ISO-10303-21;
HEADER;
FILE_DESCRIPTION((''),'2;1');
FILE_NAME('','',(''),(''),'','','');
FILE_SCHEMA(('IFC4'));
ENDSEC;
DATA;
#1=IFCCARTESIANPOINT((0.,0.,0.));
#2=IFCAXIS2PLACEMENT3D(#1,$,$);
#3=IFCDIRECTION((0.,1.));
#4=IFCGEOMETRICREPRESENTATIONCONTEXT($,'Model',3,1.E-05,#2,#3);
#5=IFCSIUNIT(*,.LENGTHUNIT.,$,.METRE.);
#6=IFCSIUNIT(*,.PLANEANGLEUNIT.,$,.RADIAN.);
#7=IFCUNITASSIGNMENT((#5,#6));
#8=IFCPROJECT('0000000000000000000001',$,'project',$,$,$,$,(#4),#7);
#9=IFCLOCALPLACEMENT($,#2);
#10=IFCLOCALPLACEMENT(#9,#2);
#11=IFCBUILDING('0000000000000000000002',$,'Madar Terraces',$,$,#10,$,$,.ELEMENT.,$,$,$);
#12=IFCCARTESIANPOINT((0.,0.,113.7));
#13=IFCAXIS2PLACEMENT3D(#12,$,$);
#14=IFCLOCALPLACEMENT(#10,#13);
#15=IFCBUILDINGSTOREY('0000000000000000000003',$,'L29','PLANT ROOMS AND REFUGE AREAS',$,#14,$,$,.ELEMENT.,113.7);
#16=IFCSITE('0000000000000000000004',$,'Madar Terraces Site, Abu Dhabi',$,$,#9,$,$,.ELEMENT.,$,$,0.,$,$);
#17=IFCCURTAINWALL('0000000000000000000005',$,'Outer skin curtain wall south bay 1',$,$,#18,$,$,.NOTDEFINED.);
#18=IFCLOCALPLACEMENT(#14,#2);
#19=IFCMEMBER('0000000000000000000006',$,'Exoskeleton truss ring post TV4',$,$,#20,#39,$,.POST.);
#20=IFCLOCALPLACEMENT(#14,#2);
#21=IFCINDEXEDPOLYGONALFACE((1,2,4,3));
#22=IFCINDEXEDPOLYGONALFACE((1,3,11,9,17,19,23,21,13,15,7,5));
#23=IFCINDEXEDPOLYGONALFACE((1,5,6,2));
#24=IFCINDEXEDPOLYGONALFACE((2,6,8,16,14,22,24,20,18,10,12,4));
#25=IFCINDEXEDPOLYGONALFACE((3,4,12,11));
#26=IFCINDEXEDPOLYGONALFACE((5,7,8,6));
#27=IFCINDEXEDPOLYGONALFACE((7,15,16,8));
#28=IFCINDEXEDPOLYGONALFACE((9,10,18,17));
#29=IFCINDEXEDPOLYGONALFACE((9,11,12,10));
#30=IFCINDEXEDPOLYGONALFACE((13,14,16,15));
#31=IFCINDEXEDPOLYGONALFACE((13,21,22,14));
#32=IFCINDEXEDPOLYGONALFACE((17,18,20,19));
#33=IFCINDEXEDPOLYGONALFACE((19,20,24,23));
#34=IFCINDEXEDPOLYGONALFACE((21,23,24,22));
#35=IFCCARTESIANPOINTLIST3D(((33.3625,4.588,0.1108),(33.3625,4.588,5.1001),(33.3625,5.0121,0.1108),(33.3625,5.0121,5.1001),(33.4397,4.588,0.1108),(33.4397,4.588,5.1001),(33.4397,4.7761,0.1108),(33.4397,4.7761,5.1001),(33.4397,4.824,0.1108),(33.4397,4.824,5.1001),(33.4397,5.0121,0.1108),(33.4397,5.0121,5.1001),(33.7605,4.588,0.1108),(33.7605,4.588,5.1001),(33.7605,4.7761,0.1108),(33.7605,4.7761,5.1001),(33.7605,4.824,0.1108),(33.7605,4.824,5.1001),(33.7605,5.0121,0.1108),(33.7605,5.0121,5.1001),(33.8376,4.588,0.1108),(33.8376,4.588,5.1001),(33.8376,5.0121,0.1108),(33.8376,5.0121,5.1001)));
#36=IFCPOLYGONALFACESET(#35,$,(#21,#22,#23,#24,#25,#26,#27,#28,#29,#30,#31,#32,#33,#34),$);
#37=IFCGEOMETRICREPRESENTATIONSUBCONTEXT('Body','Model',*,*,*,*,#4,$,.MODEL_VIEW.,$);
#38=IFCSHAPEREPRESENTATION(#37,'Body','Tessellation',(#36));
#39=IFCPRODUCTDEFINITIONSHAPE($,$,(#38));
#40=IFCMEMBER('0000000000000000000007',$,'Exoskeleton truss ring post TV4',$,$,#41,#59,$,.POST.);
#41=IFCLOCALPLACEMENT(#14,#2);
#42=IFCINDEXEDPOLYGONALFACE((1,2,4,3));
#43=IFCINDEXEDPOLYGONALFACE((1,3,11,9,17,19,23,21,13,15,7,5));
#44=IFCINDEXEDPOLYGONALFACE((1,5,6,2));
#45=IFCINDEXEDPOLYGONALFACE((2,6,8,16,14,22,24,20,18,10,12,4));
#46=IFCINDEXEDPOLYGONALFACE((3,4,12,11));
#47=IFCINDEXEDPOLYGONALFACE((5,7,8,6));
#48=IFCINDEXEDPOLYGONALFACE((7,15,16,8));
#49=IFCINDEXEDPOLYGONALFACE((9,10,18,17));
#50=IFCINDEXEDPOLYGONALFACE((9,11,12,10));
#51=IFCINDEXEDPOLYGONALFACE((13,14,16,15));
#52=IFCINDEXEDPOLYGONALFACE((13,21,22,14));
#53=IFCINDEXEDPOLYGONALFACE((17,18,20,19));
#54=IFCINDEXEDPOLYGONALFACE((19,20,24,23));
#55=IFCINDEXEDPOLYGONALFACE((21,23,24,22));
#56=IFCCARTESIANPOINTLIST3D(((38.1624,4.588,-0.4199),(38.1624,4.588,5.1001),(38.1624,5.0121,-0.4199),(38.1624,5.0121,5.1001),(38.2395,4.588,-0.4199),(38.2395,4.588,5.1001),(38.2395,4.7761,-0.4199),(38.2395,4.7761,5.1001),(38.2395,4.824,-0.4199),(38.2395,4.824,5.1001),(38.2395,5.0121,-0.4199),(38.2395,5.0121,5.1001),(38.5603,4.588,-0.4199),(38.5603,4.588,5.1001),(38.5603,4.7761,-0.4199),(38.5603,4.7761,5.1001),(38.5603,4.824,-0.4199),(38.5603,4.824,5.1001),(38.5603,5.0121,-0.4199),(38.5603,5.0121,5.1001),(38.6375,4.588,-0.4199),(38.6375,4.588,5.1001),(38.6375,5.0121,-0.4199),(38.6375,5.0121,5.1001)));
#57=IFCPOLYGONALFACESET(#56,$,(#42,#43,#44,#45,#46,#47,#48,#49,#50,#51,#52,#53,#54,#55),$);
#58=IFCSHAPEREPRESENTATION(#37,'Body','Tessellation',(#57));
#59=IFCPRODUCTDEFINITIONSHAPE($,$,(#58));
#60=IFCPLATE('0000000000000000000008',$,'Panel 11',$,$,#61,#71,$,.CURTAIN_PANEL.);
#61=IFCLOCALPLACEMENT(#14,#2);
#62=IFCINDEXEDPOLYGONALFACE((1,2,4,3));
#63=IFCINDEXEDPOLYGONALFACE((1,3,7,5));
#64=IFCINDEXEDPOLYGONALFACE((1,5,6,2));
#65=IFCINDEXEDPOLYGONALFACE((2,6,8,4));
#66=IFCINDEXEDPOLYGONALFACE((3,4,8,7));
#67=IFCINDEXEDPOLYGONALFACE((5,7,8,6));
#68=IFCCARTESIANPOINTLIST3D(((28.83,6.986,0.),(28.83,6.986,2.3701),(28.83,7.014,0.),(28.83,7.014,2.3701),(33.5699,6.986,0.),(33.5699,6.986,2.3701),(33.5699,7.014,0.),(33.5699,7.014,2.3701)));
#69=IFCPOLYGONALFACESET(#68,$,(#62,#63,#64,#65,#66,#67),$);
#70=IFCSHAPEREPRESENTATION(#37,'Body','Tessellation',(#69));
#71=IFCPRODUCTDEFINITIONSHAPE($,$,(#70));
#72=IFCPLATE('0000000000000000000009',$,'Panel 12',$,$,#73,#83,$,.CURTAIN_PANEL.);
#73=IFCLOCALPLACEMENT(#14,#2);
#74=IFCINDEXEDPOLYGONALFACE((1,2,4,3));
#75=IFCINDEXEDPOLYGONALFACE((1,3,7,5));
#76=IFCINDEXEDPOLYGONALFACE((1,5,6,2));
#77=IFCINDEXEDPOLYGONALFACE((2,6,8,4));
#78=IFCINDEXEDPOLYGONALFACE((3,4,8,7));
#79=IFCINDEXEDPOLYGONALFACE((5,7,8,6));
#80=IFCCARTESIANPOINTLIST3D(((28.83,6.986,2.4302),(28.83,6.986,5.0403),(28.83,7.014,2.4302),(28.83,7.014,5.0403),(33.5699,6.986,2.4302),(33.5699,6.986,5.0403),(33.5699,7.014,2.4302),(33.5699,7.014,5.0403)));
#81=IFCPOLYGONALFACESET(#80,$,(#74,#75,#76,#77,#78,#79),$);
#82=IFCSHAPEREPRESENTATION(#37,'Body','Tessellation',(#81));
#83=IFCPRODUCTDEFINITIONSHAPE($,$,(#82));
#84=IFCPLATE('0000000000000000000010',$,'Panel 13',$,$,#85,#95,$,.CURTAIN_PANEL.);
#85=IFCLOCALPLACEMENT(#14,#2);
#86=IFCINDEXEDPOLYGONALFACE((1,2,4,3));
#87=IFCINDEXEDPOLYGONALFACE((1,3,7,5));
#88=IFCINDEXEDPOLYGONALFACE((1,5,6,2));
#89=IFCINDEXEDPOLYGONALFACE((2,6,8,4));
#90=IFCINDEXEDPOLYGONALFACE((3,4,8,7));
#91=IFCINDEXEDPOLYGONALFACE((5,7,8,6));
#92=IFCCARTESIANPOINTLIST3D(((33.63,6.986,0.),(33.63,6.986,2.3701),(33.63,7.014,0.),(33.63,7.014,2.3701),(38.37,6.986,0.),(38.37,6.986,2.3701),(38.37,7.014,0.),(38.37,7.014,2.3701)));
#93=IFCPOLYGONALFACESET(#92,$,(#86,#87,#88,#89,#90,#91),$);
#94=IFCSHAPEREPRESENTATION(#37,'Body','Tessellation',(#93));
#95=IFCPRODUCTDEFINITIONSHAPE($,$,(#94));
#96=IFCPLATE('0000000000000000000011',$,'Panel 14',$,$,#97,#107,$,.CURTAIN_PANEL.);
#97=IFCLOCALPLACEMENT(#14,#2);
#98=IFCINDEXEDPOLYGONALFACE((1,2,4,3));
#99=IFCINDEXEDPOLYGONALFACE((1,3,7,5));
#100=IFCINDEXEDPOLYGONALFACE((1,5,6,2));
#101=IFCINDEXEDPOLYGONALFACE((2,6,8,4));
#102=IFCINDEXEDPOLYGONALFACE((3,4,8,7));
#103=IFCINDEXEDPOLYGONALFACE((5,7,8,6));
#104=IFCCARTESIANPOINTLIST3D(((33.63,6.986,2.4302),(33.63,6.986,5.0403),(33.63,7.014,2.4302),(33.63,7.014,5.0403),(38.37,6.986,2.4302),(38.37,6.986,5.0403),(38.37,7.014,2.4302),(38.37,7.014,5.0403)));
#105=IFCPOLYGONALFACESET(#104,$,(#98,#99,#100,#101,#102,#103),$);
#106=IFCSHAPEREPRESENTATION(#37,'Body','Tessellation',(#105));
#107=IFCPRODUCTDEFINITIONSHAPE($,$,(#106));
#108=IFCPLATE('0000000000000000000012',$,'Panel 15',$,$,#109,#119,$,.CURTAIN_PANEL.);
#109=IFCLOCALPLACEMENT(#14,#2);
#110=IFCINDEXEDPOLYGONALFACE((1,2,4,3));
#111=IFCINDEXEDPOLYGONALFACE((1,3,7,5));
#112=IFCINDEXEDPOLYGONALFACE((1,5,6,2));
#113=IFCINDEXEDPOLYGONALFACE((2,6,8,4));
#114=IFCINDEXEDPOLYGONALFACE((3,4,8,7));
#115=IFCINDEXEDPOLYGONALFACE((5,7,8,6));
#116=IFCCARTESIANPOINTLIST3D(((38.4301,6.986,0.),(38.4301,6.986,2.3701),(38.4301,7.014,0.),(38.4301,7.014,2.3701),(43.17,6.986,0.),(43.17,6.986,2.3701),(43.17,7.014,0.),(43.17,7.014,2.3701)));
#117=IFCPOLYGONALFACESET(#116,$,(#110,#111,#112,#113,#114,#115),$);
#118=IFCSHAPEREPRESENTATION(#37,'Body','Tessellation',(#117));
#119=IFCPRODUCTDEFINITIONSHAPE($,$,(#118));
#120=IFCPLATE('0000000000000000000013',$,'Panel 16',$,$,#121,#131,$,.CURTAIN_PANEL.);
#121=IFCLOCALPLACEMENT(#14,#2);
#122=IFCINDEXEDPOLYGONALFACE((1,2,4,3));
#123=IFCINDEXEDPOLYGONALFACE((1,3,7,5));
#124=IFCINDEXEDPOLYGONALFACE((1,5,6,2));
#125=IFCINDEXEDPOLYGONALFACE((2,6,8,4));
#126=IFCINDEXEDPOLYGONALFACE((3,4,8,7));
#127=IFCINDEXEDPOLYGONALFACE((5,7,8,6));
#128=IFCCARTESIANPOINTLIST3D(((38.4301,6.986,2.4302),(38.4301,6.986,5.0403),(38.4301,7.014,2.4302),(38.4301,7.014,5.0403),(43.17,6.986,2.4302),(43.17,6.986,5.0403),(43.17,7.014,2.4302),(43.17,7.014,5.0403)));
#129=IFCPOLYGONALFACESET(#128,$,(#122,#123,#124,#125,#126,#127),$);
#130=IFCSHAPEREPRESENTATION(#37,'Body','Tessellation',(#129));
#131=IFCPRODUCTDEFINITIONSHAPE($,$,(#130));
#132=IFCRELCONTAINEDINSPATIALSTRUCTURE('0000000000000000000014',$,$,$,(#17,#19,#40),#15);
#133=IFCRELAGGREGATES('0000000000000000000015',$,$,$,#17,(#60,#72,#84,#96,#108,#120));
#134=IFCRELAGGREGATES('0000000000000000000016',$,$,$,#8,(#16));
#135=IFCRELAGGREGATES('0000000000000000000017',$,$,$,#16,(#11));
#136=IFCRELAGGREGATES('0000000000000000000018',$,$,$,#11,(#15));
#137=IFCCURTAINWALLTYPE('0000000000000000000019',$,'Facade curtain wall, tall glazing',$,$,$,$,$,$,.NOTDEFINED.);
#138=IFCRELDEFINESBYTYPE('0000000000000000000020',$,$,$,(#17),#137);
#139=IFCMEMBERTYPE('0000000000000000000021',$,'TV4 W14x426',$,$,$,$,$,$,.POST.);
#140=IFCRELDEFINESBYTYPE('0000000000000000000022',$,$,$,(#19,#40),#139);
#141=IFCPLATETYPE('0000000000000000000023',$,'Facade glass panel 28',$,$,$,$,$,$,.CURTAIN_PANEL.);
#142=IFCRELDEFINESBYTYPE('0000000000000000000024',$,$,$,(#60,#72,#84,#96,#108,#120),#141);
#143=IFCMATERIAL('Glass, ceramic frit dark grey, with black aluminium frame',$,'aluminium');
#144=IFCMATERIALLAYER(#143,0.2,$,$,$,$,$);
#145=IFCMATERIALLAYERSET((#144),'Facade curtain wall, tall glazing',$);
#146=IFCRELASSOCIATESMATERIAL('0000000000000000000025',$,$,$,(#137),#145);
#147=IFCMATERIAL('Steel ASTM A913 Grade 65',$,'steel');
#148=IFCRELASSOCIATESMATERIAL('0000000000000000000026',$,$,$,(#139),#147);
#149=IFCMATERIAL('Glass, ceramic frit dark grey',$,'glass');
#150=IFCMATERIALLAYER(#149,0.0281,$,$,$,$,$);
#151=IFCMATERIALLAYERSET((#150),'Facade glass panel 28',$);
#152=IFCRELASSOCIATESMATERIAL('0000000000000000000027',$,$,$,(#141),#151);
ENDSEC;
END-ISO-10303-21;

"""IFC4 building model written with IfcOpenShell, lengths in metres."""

from ifc_helpers import new_model, si_unit, direction, frame, origin, origin_2d, place, context, subcontext, project, spatial, rectangle, i_section, extrude, material, layer, layer_set, material_profile, profile_set, type_object, element, aggregate, save


model = new_model("IFC4")

# Units and contexts
model_context = context("Model", 3, precision=1e-05, world=origin(), true_north=direction((0.0, 1.0)))
body_context = subcontext(model_context, "Body", "Model", "MODEL_VIEW")
ifc_project = project(units=[si_unit("LENGTHUNIT", "METRE"), si_unit("PLANEANGLEUNIT", "RADIAN")], contexts=[model_context])

# Site, building, storey
site_placement = place(None, origin())
site = spatial("IfcSite", under=ifc_project, at=site_placement, Name="Madar Terraces Site, Abu Dhabi", CompositionType="ELEMENT", RefElevation=0.0)
building_placement = place(site_placement, origin())
building = spatial("IfcBuilding", under=site, at=building_placement, Name="Madar Terraces", CompositionType="ELEMENT")
storey_placement = place(building_placement, frame((0.0, 0.0, 113.7)))
storey = spatial("IfcBuildingStorey", under=building, at=storey_placement, Name="L29", Description="PLANT ROOMS AND REFUGE AREAS", CompositionType="ELEMENT", Elevation=113.7)

# Curtain wall
ifc_material_1 = material(Name="Glass, ceramic frit dark grey, with black aluminium frame", Category="aluminium")
ifc_layer_1 = layer(ifc_material_1, 0.2)
ifc_layer_set_1 = layer_set([ifc_layer_1], Name="Facade curtain wall, tall glazing")
curtain_wall_type = type_object("IfcCurtainWallType", Name="Facade curtain wall, tall glazing", PredefinedType="NOTDEFINED", material=ifc_layer_set_1)
curtain_wall_placement = place(storey_placement, origin())
curtain_wall = element("IfcCurtainWall", 1, at=curtain_wall_placement, inside=storey, type_object=curtain_wall_type, Name="Outer skin curtain wall south bay 1", PredefinedType="NOTDEFINED")

# Members
ifc_material_2 = material(Name="Steel ASTM A913 Grade 65", Category="steel")
ifc_material_profile_1 = material_profile(ifc_material_2, i_section(OverallWidth=0.4241, OverallDepth=0.4751, WebThickness=0.0479, FlangeThickness=0.0771, at=origin_2d()), Name="W14x426")
ifc_profile_set_1 = profile_set([ifc_material_profile_1], Name="Steel ASTM A913 Grade 65")
member_type_1 = type_object("IfcMemberType", Name="TV4 W14x426", PredefinedType="POST", material=ifc_profile_set_1)
member_1_placement = place(storey_placement, frame((33.6001, 4.8, 0.1108), z_axis=(0.0, 0.0, 1.0), x_axis=(0.0, 1.0, 0.0)))
element("IfcMember", 2, at=member_1_placement, inside=storey, type_object=member_type_1, Name="Exoskeleton truss ring post TV4", PredefinedType="POST", context=body_context, shape_type="SweptSolid", body=[
    extrude(i_section(OverallWidth=0.4241, OverallDepth=0.4751, WebThickness=0.0479, FlangeThickness=0.0771, at=origin_2d()), origin(), (0.0, 0.0, 1.0), 4.9893),
])
member_2_placement = place(storey_placement, frame((38.3999, 4.8, -0.4199), z_axis=(0.0, 0.0, 1.0), x_axis=(0.0, 1.0, 0.0)))
element("IfcMember", 3, at=member_2_placement, inside=storey, type_object=member_type_1, Name="Exoskeleton truss ring post TV4", PredefinedType="POST", context=body_context, shape_type="SweptSolid", body=[
    extrude(i_section(OverallWidth=0.4241, OverallDepth=0.4751, WebThickness=0.0479, FlangeThickness=0.0771, at=origin_2d()), origin(), (0.0, 0.0, 1.0), 5.52),
])

# Plates
ifc_material_3 = material(Name="Glass, ceramic frit dark grey", Category="glass")
ifc_layer_2 = layer(ifc_material_3, 0.0281)
ifc_layer_set_2 = layer_set([ifc_layer_2], Name="Facade glass panel 28")
plate_type = type_object("IfcPlateType", Name="Facade glass panel 28", PredefinedType="CURTAIN_PANEL", material=ifc_layer_set_2)
plate_1_placement = place(storey_placement, frame((31.2, 7.0, 0.0), z_axis=(0.0, 0.0, 1.0), x_axis=(1.0, 0.0, 0.0)))
plate_1 = element("IfcPlate", 4, at=plate_1_placement, type_object=plate_type, Name="Panel 11", PredefinedType="CURTAIN_PANEL", context=body_context, shape_type="SweptSolid", body=[
    extrude(rectangle(XDim=4.74, YDim=0.0281, at=origin_2d()), origin(), (0.0, 0.0, 1.0), 2.3701),
])
plate_2_placement = place(storey_placement, frame((31.2, 7.0, 2.4302), z_axis=(0.0, 0.0, 1.0), x_axis=(1.0, 0.0, 0.0)))
plate_2 = element("IfcPlate", 5, at=plate_2_placement, type_object=plate_type, Name="Panel 12", PredefinedType="CURTAIN_PANEL", context=body_context, shape_type="SweptSolid", body=[
    extrude(rectangle(XDim=4.74, YDim=0.0281, at=origin_2d()), origin(), (0.0, 0.0, 1.0), 2.6101),
])
plate_3_placement = place(storey_placement, frame((36.0, 7.0, 0.0), z_axis=(0.0, 0.0, 1.0), x_axis=(1.0, 0.0, 0.0)))
plate_3 = element("IfcPlate", 6, at=plate_3_placement, type_object=plate_type, Name="Panel 13", PredefinedType="CURTAIN_PANEL", context=body_context, shape_type="SweptSolid", body=[
    extrude(rectangle(XDim=4.74, YDim=0.0281, at=origin_2d()), origin(), (0.0, 0.0, 1.0), 2.3701),
])
plate_4_placement = place(storey_placement, frame((36.0, 7.0, 2.4302), z_axis=(0.0, 0.0, 1.0), x_axis=(1.0, 0.0, 0.0)))
plate_4 = element("IfcPlate", 7, at=plate_4_placement, type_object=plate_type, Name="Panel 14", PredefinedType="CURTAIN_PANEL", context=body_context, shape_type="SweptSolid", body=[
    extrude(rectangle(XDim=4.74, YDim=0.0281, at=origin_2d()), origin(), (0.0, 0.0, 1.0), 2.6101),
])
plate_5_placement = place(storey_placement, frame((40.8, 7.0, 0.0), z_axis=(0.0, 0.0, 1.0), x_axis=(1.0, 0.0, 0.0)))
plate_5 = element("IfcPlate", 8, at=plate_5_placement, type_object=plate_type, Name="Panel 15", PredefinedType="CURTAIN_PANEL", context=body_context, shape_type="SweptSolid", body=[
    extrude(rectangle(XDim=4.74, YDim=0.0281, at=origin_2d()), origin(), (0.0, 0.0, 1.0), 2.3701),
])
plate_6_placement = place(storey_placement, frame((40.8, 7.0, 2.4302), z_axis=(0.0, 0.0, 1.0), x_axis=(1.0, 0.0, 0.0)))
plate_6 = element("IfcPlate", 9, at=plate_6_placement, type_object=plate_type, Name="Panel 16", PredefinedType="CURTAIN_PANEL", context=body_context, shape_type="SweptSolid", body=[
    extrude(rectangle(XDim=4.74, YDim=0.0281, at=origin_2d()), origin(), (0.0, 0.0, 1.0), 2.6101),
])
aggregate(curtain_wall, [plate_1, plate_2, plate_3, plate_4, plate_5, plate_6])

save(model, "model.ifc")
